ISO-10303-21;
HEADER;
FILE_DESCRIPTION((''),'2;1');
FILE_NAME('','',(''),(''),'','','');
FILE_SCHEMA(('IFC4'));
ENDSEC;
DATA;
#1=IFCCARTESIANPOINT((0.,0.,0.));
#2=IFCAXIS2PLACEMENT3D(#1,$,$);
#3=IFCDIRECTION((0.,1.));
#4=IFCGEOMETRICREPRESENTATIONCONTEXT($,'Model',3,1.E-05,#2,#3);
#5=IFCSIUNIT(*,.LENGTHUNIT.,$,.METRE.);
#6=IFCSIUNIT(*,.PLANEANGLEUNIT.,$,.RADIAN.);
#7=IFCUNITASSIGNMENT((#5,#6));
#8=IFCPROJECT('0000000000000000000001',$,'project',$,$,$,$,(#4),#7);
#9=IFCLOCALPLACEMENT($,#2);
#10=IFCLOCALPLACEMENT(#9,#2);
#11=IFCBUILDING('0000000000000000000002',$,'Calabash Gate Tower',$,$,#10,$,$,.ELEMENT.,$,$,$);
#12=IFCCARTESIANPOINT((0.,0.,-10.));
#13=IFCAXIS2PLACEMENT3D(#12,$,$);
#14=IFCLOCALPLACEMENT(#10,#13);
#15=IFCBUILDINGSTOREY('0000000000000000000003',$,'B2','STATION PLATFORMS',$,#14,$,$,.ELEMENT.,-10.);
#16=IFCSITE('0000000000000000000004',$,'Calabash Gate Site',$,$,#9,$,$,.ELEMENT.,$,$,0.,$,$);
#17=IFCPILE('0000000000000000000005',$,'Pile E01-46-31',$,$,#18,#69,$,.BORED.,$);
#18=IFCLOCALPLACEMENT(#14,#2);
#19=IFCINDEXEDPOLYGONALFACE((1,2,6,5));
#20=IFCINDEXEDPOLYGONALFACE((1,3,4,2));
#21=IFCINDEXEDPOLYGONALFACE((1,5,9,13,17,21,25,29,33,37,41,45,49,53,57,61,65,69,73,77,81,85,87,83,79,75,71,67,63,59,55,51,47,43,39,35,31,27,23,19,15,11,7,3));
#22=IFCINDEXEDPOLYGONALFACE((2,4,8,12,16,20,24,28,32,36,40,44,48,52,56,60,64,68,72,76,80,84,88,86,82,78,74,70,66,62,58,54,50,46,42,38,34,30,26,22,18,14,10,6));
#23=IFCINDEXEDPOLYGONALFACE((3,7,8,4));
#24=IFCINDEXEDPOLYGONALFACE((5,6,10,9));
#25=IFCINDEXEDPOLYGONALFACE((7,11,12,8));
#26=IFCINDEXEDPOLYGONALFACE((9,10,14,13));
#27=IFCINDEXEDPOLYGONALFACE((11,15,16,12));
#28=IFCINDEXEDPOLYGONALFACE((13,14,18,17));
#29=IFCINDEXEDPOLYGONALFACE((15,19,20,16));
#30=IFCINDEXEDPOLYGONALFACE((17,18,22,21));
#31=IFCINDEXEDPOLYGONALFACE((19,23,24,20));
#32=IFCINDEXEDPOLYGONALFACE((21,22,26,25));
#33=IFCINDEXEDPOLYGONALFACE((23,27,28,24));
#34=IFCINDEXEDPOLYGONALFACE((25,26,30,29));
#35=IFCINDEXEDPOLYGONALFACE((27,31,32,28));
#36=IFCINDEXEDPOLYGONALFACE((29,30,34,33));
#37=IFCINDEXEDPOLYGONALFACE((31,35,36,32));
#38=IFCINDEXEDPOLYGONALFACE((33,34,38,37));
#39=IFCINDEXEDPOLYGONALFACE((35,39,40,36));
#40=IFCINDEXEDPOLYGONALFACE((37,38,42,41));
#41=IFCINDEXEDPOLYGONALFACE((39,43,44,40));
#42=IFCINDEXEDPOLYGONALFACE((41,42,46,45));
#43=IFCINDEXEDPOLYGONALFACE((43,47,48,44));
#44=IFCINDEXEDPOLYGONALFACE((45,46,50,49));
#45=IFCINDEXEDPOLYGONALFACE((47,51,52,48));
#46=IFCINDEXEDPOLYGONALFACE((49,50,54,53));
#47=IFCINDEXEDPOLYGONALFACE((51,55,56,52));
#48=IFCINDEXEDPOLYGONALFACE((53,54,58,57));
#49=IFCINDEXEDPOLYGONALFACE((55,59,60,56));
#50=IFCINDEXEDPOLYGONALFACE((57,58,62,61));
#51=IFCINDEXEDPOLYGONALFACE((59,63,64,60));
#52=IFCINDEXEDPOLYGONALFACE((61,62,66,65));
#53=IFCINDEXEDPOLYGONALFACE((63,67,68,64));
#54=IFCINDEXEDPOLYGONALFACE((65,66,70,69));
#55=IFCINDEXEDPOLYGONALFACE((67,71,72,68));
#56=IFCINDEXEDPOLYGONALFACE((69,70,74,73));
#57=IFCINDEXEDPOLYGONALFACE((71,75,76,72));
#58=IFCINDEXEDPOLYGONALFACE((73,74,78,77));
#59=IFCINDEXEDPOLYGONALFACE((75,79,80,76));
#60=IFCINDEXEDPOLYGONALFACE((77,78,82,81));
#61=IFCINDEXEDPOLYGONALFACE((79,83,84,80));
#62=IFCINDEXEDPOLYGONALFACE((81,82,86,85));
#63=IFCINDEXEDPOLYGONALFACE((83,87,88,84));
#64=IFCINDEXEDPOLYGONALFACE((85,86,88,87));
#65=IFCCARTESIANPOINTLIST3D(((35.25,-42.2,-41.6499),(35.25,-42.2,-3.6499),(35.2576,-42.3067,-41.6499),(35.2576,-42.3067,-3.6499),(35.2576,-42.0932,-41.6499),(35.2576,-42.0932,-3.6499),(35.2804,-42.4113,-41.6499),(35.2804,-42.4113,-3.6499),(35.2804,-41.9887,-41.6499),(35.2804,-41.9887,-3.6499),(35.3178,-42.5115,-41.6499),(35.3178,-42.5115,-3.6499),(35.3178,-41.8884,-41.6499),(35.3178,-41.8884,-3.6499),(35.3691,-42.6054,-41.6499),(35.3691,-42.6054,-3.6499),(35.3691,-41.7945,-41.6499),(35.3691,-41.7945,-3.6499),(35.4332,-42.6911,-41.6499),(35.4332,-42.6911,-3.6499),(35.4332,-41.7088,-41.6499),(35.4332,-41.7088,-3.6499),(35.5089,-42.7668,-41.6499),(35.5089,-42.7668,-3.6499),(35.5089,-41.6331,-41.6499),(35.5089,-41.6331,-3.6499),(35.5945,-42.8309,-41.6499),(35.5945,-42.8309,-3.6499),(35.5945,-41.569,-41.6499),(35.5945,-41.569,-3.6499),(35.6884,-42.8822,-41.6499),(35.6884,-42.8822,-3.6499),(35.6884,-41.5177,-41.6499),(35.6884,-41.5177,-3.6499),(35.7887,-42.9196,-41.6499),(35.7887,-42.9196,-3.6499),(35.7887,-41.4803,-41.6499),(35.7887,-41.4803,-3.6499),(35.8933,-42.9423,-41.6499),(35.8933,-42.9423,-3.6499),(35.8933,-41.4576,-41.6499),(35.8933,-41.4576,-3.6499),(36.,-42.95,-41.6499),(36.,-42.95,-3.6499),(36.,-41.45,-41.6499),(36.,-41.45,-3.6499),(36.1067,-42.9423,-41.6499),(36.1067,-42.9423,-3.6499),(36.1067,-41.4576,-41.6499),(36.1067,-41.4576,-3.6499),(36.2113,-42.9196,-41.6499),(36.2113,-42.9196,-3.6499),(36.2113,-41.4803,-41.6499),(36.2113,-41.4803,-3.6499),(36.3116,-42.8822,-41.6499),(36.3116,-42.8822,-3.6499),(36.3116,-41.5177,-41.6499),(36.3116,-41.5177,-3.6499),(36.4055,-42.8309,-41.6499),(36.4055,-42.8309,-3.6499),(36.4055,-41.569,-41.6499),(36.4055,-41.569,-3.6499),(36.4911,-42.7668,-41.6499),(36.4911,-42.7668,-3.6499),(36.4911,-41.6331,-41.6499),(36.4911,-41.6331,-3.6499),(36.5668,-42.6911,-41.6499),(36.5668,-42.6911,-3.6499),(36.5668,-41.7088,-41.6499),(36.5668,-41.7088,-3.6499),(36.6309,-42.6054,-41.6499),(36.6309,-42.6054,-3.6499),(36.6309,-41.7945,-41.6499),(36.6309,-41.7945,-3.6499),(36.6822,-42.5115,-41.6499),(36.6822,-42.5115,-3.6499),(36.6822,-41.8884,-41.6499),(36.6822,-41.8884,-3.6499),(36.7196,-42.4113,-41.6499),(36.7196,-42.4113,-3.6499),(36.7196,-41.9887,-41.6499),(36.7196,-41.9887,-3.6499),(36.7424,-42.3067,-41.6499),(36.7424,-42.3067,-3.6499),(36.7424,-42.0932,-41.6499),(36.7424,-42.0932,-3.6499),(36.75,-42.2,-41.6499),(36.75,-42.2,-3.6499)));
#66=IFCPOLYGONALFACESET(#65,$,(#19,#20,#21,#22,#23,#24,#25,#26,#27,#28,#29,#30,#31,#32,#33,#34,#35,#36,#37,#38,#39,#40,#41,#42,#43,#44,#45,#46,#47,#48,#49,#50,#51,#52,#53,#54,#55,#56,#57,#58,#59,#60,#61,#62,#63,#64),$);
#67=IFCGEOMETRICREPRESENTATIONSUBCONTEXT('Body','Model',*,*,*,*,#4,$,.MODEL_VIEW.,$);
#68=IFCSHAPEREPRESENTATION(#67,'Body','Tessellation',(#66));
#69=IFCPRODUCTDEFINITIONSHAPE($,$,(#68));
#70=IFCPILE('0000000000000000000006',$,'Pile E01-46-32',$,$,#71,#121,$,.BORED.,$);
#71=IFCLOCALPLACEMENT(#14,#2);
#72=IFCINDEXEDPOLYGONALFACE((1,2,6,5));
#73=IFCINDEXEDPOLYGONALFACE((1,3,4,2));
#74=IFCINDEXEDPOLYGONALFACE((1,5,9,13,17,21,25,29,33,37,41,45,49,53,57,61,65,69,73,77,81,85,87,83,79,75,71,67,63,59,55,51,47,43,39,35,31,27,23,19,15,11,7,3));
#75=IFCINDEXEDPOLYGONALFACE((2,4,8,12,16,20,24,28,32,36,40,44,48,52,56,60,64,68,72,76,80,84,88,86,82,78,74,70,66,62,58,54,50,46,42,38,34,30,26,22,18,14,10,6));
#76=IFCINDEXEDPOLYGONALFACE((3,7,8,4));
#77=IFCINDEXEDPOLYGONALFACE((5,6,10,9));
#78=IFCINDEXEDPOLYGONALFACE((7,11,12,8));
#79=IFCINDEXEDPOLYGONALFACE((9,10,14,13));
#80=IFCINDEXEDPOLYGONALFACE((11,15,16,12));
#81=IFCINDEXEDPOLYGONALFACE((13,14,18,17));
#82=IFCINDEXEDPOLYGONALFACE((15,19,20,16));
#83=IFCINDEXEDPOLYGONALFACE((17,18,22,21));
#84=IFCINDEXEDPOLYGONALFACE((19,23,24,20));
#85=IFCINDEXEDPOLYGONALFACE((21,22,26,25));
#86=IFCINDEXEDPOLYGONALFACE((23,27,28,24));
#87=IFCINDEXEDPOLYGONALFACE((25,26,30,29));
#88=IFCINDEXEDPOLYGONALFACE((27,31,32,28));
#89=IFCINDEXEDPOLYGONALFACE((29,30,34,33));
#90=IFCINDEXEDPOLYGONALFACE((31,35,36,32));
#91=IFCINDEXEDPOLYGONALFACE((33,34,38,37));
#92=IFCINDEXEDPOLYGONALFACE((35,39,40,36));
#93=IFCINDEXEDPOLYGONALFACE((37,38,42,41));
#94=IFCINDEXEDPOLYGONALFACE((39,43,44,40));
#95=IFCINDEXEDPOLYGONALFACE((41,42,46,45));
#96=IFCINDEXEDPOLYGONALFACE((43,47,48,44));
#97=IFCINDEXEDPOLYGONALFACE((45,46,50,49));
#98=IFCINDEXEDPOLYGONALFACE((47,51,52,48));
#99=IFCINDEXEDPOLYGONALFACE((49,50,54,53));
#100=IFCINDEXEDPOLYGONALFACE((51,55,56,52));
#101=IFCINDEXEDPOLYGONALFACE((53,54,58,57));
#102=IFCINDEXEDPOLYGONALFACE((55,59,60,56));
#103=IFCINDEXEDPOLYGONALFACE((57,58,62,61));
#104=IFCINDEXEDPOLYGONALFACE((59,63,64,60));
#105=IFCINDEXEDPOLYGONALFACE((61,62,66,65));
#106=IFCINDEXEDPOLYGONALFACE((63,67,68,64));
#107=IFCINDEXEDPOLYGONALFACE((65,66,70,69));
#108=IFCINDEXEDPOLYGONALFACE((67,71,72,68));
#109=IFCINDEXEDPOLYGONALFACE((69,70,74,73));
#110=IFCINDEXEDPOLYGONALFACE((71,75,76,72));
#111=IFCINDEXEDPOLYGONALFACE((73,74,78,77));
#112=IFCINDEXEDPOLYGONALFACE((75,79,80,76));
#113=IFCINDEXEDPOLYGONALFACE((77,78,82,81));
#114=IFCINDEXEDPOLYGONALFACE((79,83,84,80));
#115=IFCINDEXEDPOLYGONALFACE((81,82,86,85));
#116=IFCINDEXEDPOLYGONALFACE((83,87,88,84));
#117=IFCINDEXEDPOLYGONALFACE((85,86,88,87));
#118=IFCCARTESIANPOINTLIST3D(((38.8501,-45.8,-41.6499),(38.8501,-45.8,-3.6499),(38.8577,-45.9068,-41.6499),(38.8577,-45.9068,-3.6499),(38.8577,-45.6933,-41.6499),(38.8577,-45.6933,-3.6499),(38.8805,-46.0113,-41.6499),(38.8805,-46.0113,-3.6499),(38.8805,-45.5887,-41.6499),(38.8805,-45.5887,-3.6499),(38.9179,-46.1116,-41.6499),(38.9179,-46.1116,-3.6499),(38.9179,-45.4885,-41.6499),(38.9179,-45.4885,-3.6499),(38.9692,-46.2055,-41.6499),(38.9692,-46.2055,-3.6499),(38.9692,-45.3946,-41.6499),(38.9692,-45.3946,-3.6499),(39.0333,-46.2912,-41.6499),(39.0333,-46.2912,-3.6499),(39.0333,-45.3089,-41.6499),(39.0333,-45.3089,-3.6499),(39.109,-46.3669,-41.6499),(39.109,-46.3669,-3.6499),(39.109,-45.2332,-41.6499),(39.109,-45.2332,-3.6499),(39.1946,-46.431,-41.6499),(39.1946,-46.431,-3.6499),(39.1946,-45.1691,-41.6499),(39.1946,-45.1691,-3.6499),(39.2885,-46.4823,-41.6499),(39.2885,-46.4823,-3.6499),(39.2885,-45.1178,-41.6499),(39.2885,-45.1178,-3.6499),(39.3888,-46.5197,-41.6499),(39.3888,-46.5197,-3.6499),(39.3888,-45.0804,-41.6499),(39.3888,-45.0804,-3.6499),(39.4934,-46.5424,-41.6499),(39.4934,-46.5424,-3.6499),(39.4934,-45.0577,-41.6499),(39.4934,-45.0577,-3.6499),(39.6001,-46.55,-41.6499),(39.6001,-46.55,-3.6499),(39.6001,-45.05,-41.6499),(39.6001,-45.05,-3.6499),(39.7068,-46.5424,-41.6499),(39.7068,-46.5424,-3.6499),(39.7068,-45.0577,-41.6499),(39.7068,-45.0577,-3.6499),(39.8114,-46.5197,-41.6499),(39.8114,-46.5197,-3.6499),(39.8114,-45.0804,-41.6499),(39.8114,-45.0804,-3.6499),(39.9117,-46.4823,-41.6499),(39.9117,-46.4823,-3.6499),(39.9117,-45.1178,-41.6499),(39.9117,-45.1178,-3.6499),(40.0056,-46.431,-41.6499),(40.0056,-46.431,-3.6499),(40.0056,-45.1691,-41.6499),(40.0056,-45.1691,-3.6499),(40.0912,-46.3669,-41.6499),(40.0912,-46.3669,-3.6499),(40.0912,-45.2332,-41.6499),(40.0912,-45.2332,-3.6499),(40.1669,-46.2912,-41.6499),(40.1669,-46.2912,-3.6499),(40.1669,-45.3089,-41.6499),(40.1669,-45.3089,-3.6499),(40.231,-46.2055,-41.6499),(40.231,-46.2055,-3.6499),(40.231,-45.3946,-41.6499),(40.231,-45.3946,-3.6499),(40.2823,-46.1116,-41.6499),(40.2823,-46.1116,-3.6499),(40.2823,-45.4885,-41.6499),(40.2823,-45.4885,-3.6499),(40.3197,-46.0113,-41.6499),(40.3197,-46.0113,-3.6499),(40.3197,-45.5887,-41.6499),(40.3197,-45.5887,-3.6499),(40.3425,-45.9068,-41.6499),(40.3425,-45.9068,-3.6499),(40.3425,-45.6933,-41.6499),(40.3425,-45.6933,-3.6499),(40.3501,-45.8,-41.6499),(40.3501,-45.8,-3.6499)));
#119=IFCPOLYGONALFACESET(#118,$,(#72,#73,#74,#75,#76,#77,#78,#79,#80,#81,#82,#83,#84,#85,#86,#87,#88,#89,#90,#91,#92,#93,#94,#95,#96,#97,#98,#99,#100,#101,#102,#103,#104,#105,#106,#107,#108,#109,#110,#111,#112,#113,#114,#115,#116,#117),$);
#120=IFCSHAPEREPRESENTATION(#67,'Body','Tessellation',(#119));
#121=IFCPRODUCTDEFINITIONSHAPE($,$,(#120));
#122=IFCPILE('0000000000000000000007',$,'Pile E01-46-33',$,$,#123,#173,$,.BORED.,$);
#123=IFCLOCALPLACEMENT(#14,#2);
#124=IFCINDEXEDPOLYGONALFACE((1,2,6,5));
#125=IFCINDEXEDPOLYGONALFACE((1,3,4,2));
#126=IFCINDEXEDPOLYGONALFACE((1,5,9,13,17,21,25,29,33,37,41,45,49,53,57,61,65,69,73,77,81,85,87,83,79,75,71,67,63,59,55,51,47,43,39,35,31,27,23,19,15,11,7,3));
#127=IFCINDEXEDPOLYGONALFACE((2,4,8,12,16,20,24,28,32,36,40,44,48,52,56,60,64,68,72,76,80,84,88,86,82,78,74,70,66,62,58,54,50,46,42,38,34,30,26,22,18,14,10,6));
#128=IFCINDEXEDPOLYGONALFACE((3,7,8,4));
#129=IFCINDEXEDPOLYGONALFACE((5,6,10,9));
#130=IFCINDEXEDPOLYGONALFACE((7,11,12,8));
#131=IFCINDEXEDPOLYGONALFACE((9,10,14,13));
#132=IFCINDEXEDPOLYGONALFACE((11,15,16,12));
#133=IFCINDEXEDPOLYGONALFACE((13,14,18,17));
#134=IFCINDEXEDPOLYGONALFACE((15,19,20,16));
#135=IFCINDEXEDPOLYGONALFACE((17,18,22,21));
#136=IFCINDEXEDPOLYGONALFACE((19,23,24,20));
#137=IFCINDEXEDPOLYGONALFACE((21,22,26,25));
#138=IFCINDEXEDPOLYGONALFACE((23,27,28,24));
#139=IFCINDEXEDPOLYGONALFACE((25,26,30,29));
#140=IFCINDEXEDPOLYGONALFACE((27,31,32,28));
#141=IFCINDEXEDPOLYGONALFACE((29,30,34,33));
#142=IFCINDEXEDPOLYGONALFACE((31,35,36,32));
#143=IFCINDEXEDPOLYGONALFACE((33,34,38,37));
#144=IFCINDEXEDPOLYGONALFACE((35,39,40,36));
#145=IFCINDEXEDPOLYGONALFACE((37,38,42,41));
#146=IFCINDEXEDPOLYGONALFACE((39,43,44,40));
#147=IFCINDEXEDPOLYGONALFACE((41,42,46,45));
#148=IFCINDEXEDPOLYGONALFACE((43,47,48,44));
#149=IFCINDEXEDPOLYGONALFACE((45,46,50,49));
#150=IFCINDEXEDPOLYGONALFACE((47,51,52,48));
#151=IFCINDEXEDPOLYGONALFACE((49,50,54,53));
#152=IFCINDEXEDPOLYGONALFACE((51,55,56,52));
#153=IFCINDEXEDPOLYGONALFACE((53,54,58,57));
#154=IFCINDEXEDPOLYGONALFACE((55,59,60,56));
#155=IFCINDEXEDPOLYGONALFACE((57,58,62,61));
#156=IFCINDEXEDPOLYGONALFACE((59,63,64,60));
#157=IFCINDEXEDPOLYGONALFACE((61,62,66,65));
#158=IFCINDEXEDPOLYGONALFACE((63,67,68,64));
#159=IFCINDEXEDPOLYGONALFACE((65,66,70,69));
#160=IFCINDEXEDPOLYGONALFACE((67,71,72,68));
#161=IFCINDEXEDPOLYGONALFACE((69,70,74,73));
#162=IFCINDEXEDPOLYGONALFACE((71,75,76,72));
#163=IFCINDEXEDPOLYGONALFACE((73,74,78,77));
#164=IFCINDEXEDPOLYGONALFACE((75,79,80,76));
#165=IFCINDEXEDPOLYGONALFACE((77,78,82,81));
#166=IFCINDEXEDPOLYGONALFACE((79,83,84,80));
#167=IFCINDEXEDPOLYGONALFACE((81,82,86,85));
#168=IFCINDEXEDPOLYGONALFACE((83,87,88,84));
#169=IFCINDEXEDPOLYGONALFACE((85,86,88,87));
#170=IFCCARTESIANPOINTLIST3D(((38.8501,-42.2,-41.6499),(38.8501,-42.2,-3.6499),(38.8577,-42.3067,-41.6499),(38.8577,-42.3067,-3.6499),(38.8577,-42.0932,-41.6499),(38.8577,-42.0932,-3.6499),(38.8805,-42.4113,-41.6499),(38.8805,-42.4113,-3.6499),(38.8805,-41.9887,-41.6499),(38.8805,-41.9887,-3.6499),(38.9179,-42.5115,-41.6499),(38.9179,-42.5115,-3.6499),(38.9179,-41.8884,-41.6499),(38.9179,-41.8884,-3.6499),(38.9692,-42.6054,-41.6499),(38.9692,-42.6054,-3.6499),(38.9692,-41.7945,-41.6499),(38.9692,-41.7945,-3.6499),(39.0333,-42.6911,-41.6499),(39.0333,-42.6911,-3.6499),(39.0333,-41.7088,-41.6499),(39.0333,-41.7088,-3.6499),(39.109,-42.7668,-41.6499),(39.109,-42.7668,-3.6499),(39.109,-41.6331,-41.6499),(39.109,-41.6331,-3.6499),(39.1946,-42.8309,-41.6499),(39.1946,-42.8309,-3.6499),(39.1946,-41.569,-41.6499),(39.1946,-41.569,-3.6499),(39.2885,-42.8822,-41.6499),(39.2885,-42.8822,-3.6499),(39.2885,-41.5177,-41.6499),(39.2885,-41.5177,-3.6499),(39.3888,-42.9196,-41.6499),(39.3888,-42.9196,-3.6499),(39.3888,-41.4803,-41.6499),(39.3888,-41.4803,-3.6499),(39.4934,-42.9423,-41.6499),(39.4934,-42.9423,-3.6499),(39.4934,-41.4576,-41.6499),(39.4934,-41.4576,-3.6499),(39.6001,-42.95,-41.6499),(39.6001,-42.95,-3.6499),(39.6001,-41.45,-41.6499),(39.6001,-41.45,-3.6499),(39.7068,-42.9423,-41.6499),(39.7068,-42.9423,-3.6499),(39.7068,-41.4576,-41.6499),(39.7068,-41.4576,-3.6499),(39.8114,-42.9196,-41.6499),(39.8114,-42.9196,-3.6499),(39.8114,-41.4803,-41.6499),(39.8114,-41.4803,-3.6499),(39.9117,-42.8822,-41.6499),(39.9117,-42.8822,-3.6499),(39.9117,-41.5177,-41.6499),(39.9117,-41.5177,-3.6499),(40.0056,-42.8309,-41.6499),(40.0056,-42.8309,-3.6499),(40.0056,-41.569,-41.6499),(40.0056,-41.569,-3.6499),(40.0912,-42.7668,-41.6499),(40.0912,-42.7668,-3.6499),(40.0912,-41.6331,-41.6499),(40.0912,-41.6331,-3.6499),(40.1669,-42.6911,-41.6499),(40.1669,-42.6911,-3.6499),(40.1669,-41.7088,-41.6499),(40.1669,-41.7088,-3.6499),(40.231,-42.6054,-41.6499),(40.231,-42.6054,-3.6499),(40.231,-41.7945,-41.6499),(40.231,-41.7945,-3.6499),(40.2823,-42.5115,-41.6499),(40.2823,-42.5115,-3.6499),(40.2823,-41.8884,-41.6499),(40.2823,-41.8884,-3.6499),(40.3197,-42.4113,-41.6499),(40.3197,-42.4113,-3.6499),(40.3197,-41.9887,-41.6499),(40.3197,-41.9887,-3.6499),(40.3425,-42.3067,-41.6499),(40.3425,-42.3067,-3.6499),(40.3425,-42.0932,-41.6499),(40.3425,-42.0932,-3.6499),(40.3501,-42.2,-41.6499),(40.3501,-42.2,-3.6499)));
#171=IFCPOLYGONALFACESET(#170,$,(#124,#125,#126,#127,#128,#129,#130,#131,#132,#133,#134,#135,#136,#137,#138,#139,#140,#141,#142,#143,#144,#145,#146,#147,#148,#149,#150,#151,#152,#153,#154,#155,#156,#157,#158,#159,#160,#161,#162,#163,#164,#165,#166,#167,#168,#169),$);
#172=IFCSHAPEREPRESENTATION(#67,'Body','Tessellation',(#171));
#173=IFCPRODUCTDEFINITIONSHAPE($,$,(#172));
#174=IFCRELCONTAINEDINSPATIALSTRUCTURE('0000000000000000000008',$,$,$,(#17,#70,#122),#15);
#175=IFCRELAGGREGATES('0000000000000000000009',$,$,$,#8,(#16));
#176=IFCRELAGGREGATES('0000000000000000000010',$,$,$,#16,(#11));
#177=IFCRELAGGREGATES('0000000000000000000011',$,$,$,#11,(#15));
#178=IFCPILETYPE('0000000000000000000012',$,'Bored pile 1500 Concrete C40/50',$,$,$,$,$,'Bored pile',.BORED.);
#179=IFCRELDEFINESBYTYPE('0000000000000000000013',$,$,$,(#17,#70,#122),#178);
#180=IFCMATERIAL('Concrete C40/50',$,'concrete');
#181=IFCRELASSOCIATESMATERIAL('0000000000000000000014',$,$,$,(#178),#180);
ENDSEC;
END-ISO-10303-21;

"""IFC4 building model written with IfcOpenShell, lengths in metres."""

from ifc_helpers import new_model, si_unit, direction, frame, origin, origin_2d, place, context, subcontext, project, spatial, circle, extrude, material, material_profile, profile_set, type_object, element, save


model = new_model("IFC4")

# Units and contexts
model_context = context("Model", 3, precision=1e-05, world=origin(), true_north=direction((0.0, 1.0)))
body_context = subcontext(model_context, "Body", "Model", "MODEL_VIEW")
ifc_project = project(units=[si_unit("LENGTHUNIT", "METRE"), si_unit("PLANEANGLEUNIT", "RADIAN")], contexts=[model_context])

# Site, building, storey
site_placement = place(None, origin())
site = spatial("IfcSite", under=ifc_project, at=site_placement, Name="Calabash Gate Site", CompositionType="ELEMENT", RefElevation=0.0)
building_placement = place(site_placement, origin())
building = spatial("IfcBuilding", under=site, at=building_placement, Name="Calabash Gate Tower", CompositionType="ELEMENT")
storey_placement = place(building_placement, frame((0.0, 0.0, -10.0)))
storey = spatial("IfcBuildingStorey", under=building, at=storey_placement, Name="B2", Description="STATION PLATFORMS", CompositionType="ELEMENT", Elevation=-10.0)

# Piles
ifc_material_1 = material(Name="Concrete C40/50", Category="concrete")
ifc_material_profile_1 = material_profile(ifc_material_1, circle(Radius=0.75, at=origin_2d()))
ifc_profile_set_1 = profile_set([ifc_material_profile_1], Name="Concrete C40/50")
pile_type = type_object("IfcPileType", Name="Bored pile 1500 Concrete C40/50", ElementType="Bored pile", PredefinedType="BORED", material=ifc_profile_set_1)
for number, where, z_axis, x_axis, name in (
    (1, (36.0, -42.2, -3.6499), (0.0, 0.0, -1.0), (1.0, 0.0, 0.0), "Pile E01-46-31"),
    (2, (39.6001, -45.8, -3.6499), (0.0, 0.0, -1.0), (1.0, 0.0, 0.0), "Pile E01-46-32"),
    (3, (39.6001, -42.2, -3.6499), (0.0, 0.0, -1.0), (1.0, 0.0, 0.0), "Pile E01-46-33"),
):
    element("IfcPile", number, at=place(storey_placement, frame(where, z_axis=z_axis, x_axis=x_axis)), inside=storey, type_object=pile_type, Name=name, PredefinedType="BORED", context=body_context, shape_type="SweptSolid", body=[
        extrude(circle(Radius=0.75, at=origin_2d()), origin(), (0.0, 0.0, 1.0), 38.0),
    ])

save(model, "model.ifc")
